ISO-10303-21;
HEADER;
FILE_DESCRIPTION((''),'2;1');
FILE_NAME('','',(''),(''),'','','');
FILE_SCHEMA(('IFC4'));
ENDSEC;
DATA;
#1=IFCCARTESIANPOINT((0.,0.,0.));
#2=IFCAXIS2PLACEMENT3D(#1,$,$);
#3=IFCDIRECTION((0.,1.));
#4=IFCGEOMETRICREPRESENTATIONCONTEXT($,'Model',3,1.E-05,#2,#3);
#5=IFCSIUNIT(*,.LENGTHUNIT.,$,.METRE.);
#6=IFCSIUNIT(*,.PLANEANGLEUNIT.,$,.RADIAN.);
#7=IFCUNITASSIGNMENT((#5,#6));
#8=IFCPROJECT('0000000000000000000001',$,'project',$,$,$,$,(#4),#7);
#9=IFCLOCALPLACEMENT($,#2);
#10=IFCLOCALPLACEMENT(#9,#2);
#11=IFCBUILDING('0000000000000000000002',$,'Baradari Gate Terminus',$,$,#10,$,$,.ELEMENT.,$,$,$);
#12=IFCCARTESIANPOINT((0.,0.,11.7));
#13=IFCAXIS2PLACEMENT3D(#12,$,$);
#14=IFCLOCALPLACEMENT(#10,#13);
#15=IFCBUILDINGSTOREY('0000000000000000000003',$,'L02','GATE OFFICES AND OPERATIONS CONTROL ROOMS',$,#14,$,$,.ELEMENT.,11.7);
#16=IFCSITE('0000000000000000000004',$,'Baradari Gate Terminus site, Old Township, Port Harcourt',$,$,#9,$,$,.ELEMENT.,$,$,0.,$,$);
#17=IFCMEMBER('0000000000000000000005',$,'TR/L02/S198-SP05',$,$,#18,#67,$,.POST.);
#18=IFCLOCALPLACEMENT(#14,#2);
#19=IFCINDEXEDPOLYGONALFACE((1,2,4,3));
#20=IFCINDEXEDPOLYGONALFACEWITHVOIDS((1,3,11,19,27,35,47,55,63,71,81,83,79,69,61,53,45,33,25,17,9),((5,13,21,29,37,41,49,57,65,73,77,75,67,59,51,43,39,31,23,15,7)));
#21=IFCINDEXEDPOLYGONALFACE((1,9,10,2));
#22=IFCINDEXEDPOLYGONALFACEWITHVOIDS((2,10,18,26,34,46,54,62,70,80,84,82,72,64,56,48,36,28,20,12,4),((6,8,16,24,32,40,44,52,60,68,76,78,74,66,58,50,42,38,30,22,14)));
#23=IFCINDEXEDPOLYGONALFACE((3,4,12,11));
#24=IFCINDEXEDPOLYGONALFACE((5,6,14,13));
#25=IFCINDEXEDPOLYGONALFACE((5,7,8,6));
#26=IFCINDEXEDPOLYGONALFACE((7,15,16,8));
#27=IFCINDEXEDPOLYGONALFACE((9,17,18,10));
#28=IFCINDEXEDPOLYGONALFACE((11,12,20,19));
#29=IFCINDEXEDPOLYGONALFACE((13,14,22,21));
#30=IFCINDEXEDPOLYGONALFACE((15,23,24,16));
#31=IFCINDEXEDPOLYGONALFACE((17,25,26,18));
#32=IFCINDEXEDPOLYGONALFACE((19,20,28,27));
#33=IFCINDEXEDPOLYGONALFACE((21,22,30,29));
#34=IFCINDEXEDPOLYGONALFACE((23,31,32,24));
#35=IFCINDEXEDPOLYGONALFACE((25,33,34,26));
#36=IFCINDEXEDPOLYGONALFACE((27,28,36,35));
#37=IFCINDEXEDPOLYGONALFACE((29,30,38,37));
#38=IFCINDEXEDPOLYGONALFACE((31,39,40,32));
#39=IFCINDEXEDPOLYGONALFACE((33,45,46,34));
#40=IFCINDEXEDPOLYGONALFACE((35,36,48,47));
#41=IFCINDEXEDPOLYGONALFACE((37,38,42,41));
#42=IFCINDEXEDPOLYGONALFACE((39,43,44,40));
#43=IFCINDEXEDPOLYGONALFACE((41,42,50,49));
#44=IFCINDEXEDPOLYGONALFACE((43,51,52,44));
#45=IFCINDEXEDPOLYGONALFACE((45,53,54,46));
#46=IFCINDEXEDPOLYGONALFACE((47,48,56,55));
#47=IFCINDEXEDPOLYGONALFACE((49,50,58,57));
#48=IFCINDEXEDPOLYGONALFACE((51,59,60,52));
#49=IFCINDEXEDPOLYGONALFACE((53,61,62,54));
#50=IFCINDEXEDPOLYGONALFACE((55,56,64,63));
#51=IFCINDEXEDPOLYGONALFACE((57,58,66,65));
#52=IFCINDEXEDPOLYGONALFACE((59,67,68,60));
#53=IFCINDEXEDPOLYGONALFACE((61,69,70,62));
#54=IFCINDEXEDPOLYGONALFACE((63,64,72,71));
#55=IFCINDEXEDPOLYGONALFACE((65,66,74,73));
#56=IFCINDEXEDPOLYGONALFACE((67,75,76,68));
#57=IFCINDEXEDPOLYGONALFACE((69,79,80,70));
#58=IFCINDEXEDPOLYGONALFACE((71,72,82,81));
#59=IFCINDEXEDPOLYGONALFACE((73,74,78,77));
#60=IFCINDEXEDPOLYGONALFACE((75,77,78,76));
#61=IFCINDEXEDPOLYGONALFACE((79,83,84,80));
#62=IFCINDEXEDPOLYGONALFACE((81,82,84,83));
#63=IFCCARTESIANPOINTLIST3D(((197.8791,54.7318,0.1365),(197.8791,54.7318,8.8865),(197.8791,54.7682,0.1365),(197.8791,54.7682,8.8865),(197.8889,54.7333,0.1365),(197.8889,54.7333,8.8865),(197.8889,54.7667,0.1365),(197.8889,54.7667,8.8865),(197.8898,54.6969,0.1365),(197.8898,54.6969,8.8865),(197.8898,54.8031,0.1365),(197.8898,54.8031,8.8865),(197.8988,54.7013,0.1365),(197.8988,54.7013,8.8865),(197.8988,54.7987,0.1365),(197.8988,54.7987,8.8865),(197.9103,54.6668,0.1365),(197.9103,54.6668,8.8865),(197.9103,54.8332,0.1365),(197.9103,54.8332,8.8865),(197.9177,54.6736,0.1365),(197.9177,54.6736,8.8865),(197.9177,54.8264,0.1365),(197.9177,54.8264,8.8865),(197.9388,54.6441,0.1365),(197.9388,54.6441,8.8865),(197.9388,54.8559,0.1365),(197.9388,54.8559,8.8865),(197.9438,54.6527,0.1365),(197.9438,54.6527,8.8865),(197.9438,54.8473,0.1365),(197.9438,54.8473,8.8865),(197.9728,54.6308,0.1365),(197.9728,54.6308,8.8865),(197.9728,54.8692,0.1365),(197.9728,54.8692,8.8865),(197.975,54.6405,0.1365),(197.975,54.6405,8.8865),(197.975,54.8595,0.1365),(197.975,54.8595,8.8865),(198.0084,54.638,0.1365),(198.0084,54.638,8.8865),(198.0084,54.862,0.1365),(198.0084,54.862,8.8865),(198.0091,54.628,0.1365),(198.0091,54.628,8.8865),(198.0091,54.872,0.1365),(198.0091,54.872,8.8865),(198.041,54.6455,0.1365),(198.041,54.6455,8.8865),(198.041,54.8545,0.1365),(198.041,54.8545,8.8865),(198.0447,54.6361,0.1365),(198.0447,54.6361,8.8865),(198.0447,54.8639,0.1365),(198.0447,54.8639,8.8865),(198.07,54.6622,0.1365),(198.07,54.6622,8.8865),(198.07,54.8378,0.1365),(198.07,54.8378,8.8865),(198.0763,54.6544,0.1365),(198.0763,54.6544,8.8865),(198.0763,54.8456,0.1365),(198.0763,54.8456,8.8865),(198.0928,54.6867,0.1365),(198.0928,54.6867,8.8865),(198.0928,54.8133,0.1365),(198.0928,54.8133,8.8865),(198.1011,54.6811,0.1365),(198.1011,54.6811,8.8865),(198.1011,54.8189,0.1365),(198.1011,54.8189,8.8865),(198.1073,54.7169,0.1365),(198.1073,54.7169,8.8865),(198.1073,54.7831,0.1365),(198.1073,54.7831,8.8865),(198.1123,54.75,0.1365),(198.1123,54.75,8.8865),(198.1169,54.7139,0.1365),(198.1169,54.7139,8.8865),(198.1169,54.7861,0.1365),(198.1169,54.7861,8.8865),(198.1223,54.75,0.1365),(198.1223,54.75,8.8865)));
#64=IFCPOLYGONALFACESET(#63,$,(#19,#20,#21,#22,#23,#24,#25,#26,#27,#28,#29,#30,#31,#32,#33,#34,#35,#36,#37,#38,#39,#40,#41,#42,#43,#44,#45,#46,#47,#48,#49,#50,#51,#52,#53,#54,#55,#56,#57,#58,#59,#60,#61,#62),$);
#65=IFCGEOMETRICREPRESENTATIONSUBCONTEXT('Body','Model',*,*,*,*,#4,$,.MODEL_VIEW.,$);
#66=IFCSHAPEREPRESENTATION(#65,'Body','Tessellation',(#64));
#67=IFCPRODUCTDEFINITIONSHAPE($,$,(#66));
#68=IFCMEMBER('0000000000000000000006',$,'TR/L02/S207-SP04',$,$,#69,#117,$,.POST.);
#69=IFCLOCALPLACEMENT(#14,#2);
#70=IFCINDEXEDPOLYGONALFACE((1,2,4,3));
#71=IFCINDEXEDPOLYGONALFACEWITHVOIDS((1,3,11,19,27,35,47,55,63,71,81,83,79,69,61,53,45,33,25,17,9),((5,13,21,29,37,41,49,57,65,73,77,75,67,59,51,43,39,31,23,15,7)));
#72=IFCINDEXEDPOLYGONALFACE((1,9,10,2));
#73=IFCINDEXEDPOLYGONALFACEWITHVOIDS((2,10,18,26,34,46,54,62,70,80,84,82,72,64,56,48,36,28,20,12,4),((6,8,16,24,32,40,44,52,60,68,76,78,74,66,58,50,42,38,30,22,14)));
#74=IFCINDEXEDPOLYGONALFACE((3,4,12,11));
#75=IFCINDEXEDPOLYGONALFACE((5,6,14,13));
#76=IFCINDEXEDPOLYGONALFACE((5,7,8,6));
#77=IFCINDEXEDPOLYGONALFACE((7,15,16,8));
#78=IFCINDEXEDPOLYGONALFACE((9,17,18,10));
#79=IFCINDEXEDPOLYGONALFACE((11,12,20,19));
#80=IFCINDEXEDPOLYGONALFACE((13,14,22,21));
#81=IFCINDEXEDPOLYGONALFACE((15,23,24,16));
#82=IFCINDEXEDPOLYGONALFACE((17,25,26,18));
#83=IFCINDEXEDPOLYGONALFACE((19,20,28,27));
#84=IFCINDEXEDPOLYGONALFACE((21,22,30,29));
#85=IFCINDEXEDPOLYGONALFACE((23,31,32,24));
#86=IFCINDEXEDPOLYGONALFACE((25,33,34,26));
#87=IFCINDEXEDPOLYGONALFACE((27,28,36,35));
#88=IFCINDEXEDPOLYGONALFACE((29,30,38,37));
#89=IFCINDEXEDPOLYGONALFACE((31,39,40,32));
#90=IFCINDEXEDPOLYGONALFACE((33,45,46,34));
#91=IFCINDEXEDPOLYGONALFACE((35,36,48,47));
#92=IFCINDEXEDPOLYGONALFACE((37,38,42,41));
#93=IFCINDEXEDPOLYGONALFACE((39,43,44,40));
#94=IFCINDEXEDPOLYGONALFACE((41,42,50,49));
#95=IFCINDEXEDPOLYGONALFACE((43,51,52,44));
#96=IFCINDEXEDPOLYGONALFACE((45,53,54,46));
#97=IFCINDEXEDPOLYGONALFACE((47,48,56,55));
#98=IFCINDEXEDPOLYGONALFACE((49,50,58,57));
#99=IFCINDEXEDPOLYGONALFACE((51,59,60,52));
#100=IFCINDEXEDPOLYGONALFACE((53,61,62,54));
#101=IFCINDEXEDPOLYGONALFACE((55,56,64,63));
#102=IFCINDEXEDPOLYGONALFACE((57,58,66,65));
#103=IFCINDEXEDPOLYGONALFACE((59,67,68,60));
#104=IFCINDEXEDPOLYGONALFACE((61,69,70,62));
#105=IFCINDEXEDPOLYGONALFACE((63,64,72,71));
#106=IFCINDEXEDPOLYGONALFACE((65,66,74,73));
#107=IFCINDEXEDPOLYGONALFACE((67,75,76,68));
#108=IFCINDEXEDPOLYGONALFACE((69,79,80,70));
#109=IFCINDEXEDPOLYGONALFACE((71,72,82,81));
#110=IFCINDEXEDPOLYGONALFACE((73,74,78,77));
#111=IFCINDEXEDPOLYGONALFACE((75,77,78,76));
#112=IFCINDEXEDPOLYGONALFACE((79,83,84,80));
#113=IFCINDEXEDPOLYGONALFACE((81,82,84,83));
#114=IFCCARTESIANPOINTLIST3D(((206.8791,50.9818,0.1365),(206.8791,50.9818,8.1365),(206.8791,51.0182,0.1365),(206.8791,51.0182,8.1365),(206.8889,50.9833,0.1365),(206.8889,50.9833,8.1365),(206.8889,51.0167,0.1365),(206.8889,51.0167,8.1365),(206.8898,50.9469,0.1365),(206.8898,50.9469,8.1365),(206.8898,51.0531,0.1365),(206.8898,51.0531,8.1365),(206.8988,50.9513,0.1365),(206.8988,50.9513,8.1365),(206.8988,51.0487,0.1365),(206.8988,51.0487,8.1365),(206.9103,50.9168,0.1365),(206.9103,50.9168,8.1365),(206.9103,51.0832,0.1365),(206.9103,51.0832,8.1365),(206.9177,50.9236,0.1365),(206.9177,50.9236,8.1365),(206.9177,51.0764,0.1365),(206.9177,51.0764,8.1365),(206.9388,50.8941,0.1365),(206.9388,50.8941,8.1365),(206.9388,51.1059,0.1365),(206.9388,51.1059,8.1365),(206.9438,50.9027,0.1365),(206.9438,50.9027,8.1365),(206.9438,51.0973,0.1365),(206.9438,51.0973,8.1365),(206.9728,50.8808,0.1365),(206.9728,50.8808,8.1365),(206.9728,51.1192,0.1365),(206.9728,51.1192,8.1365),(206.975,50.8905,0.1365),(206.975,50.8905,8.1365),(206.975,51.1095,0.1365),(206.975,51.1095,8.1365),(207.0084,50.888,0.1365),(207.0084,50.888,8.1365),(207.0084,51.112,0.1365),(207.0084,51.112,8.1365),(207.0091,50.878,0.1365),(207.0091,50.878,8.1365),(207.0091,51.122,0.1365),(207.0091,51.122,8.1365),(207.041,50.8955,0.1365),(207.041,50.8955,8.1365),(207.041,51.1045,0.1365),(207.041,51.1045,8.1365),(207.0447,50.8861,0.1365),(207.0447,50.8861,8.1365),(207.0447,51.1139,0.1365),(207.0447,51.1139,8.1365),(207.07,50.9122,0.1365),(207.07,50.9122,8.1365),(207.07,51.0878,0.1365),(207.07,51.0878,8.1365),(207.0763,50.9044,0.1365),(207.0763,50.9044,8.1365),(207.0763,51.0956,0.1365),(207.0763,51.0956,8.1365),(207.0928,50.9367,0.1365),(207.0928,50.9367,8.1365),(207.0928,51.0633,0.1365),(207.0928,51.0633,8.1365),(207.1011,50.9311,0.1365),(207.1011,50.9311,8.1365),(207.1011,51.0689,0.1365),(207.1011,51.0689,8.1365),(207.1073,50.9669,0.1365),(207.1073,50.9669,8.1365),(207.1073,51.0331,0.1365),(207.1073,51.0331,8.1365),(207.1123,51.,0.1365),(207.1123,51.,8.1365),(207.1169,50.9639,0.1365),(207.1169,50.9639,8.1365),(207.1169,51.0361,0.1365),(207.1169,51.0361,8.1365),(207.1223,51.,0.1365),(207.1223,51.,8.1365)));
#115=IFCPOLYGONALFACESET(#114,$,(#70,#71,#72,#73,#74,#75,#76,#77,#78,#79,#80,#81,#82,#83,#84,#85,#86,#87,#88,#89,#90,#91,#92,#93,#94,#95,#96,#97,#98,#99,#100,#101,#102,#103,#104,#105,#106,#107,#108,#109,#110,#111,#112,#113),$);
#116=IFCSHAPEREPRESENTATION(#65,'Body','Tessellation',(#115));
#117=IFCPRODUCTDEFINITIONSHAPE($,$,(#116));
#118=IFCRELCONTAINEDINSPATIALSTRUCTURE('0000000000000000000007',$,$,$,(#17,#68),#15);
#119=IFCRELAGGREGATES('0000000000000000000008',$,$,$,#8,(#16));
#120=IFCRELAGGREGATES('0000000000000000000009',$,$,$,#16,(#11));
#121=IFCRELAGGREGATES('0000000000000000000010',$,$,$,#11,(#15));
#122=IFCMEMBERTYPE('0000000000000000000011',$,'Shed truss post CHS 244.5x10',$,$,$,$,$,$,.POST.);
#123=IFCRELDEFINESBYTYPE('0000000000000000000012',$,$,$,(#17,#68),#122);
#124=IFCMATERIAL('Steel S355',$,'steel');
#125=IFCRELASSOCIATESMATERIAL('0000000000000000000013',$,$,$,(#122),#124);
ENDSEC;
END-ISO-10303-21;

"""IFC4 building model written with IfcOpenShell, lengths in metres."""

from ifc_helpers import new_model, si_unit, direction, frame, origin, origin_2d, place, context, subcontext, project, spatial, hollow_circle, extrude, material, material_profile, profile_set, type_object, element, save


model = new_model("IFC4")

# Units and contexts
model_context = context("Model", 3, precision=1e-05, world=origin(), true_north=direction((0.0, 1.0)))
body_context = subcontext(model_context, "Body", "Model", "MODEL_VIEW")
ifc_project = project(units=[si_unit("LENGTHUNIT", "METRE"), si_unit("PLANEANGLEUNIT", "RADIAN")], contexts=[model_context])

# Site, building, storey
site_placement = place(None, origin())
site = spatial("IfcSite", under=ifc_project, at=site_placement, Name="Baradari Gate Terminus site, Old Township, Port Harcourt", CompositionType="ELEMENT", RefElevation=0.0)
building_placement = place(site_placement, origin())
building = spatial("IfcBuilding", under=site, at=building_placement, Name="Baradari Gate Terminus", CompositionType="ELEMENT")
storey_placement = place(building_placement, frame((0.0, 0.0, 11.7)))
storey = spatial("IfcBuildingStorey", under=building, at=storey_placement, Name="L02", Description="GATE OFFICES AND OPERATIONS CONTROL ROOMS", CompositionType="ELEMENT", Elevation=11.7)

# Members
ifc_material_1 = material(Name="Steel S355", Category="steel")
ifc_material_profile_1 = material_profile(ifc_material_1, hollow_circle(Radius=0.1223, WallThickness=0.01, at=origin_2d()), Name="CHS 244.5x10")
ifc_profile_set_1 = profile_set([ifc_material_profile_1], Name="Steel S355")
member_type_1 = type_object("IfcMemberType", Name="Shed truss post CHS 244.5x10", PredefinedType="POST", material=ifc_profile_set_1)
member_1_placement = place(storey_placement, frame((198.0, 54.75, 0.1365), z_axis=(0.0, 0.0, 1.0), x_axis=(1.0, 0.0, 0.0)))
element("IfcMember", 1, at=member_1_placement, inside=storey, type_object=member_type_1, Name="TR/L02/S198-SP05", PredefinedType="POST", context=body_context, shape_type="SweptSolid", body=[
    extrude(hollow_circle(Radius=0.1223, WallThickness=0.01, at=origin_2d()), origin(), (0.0, 0.0, 1.0), 8.75),
])
member_2_placement = place(storey_placement, frame((207.0, 51.0, 0.1365), z_axis=(0.0, 0.0, 1.0), x_axis=(1.0, 0.0, 0.0)))
element("IfcMember", 2, at=member_2_placement, inside=storey, type_object=member_type_1, Name="TR/L02/S207-SP04", PredefinedType="POST", context=body_context, shape_type="SweptSolid", body=[
    extrude(hollow_circle(Radius=0.1223, WallThickness=0.01, at=origin_2d()), origin(), (0.0, 0.0, 1.0), 8.0),
])

save(model, "model.ifc")
